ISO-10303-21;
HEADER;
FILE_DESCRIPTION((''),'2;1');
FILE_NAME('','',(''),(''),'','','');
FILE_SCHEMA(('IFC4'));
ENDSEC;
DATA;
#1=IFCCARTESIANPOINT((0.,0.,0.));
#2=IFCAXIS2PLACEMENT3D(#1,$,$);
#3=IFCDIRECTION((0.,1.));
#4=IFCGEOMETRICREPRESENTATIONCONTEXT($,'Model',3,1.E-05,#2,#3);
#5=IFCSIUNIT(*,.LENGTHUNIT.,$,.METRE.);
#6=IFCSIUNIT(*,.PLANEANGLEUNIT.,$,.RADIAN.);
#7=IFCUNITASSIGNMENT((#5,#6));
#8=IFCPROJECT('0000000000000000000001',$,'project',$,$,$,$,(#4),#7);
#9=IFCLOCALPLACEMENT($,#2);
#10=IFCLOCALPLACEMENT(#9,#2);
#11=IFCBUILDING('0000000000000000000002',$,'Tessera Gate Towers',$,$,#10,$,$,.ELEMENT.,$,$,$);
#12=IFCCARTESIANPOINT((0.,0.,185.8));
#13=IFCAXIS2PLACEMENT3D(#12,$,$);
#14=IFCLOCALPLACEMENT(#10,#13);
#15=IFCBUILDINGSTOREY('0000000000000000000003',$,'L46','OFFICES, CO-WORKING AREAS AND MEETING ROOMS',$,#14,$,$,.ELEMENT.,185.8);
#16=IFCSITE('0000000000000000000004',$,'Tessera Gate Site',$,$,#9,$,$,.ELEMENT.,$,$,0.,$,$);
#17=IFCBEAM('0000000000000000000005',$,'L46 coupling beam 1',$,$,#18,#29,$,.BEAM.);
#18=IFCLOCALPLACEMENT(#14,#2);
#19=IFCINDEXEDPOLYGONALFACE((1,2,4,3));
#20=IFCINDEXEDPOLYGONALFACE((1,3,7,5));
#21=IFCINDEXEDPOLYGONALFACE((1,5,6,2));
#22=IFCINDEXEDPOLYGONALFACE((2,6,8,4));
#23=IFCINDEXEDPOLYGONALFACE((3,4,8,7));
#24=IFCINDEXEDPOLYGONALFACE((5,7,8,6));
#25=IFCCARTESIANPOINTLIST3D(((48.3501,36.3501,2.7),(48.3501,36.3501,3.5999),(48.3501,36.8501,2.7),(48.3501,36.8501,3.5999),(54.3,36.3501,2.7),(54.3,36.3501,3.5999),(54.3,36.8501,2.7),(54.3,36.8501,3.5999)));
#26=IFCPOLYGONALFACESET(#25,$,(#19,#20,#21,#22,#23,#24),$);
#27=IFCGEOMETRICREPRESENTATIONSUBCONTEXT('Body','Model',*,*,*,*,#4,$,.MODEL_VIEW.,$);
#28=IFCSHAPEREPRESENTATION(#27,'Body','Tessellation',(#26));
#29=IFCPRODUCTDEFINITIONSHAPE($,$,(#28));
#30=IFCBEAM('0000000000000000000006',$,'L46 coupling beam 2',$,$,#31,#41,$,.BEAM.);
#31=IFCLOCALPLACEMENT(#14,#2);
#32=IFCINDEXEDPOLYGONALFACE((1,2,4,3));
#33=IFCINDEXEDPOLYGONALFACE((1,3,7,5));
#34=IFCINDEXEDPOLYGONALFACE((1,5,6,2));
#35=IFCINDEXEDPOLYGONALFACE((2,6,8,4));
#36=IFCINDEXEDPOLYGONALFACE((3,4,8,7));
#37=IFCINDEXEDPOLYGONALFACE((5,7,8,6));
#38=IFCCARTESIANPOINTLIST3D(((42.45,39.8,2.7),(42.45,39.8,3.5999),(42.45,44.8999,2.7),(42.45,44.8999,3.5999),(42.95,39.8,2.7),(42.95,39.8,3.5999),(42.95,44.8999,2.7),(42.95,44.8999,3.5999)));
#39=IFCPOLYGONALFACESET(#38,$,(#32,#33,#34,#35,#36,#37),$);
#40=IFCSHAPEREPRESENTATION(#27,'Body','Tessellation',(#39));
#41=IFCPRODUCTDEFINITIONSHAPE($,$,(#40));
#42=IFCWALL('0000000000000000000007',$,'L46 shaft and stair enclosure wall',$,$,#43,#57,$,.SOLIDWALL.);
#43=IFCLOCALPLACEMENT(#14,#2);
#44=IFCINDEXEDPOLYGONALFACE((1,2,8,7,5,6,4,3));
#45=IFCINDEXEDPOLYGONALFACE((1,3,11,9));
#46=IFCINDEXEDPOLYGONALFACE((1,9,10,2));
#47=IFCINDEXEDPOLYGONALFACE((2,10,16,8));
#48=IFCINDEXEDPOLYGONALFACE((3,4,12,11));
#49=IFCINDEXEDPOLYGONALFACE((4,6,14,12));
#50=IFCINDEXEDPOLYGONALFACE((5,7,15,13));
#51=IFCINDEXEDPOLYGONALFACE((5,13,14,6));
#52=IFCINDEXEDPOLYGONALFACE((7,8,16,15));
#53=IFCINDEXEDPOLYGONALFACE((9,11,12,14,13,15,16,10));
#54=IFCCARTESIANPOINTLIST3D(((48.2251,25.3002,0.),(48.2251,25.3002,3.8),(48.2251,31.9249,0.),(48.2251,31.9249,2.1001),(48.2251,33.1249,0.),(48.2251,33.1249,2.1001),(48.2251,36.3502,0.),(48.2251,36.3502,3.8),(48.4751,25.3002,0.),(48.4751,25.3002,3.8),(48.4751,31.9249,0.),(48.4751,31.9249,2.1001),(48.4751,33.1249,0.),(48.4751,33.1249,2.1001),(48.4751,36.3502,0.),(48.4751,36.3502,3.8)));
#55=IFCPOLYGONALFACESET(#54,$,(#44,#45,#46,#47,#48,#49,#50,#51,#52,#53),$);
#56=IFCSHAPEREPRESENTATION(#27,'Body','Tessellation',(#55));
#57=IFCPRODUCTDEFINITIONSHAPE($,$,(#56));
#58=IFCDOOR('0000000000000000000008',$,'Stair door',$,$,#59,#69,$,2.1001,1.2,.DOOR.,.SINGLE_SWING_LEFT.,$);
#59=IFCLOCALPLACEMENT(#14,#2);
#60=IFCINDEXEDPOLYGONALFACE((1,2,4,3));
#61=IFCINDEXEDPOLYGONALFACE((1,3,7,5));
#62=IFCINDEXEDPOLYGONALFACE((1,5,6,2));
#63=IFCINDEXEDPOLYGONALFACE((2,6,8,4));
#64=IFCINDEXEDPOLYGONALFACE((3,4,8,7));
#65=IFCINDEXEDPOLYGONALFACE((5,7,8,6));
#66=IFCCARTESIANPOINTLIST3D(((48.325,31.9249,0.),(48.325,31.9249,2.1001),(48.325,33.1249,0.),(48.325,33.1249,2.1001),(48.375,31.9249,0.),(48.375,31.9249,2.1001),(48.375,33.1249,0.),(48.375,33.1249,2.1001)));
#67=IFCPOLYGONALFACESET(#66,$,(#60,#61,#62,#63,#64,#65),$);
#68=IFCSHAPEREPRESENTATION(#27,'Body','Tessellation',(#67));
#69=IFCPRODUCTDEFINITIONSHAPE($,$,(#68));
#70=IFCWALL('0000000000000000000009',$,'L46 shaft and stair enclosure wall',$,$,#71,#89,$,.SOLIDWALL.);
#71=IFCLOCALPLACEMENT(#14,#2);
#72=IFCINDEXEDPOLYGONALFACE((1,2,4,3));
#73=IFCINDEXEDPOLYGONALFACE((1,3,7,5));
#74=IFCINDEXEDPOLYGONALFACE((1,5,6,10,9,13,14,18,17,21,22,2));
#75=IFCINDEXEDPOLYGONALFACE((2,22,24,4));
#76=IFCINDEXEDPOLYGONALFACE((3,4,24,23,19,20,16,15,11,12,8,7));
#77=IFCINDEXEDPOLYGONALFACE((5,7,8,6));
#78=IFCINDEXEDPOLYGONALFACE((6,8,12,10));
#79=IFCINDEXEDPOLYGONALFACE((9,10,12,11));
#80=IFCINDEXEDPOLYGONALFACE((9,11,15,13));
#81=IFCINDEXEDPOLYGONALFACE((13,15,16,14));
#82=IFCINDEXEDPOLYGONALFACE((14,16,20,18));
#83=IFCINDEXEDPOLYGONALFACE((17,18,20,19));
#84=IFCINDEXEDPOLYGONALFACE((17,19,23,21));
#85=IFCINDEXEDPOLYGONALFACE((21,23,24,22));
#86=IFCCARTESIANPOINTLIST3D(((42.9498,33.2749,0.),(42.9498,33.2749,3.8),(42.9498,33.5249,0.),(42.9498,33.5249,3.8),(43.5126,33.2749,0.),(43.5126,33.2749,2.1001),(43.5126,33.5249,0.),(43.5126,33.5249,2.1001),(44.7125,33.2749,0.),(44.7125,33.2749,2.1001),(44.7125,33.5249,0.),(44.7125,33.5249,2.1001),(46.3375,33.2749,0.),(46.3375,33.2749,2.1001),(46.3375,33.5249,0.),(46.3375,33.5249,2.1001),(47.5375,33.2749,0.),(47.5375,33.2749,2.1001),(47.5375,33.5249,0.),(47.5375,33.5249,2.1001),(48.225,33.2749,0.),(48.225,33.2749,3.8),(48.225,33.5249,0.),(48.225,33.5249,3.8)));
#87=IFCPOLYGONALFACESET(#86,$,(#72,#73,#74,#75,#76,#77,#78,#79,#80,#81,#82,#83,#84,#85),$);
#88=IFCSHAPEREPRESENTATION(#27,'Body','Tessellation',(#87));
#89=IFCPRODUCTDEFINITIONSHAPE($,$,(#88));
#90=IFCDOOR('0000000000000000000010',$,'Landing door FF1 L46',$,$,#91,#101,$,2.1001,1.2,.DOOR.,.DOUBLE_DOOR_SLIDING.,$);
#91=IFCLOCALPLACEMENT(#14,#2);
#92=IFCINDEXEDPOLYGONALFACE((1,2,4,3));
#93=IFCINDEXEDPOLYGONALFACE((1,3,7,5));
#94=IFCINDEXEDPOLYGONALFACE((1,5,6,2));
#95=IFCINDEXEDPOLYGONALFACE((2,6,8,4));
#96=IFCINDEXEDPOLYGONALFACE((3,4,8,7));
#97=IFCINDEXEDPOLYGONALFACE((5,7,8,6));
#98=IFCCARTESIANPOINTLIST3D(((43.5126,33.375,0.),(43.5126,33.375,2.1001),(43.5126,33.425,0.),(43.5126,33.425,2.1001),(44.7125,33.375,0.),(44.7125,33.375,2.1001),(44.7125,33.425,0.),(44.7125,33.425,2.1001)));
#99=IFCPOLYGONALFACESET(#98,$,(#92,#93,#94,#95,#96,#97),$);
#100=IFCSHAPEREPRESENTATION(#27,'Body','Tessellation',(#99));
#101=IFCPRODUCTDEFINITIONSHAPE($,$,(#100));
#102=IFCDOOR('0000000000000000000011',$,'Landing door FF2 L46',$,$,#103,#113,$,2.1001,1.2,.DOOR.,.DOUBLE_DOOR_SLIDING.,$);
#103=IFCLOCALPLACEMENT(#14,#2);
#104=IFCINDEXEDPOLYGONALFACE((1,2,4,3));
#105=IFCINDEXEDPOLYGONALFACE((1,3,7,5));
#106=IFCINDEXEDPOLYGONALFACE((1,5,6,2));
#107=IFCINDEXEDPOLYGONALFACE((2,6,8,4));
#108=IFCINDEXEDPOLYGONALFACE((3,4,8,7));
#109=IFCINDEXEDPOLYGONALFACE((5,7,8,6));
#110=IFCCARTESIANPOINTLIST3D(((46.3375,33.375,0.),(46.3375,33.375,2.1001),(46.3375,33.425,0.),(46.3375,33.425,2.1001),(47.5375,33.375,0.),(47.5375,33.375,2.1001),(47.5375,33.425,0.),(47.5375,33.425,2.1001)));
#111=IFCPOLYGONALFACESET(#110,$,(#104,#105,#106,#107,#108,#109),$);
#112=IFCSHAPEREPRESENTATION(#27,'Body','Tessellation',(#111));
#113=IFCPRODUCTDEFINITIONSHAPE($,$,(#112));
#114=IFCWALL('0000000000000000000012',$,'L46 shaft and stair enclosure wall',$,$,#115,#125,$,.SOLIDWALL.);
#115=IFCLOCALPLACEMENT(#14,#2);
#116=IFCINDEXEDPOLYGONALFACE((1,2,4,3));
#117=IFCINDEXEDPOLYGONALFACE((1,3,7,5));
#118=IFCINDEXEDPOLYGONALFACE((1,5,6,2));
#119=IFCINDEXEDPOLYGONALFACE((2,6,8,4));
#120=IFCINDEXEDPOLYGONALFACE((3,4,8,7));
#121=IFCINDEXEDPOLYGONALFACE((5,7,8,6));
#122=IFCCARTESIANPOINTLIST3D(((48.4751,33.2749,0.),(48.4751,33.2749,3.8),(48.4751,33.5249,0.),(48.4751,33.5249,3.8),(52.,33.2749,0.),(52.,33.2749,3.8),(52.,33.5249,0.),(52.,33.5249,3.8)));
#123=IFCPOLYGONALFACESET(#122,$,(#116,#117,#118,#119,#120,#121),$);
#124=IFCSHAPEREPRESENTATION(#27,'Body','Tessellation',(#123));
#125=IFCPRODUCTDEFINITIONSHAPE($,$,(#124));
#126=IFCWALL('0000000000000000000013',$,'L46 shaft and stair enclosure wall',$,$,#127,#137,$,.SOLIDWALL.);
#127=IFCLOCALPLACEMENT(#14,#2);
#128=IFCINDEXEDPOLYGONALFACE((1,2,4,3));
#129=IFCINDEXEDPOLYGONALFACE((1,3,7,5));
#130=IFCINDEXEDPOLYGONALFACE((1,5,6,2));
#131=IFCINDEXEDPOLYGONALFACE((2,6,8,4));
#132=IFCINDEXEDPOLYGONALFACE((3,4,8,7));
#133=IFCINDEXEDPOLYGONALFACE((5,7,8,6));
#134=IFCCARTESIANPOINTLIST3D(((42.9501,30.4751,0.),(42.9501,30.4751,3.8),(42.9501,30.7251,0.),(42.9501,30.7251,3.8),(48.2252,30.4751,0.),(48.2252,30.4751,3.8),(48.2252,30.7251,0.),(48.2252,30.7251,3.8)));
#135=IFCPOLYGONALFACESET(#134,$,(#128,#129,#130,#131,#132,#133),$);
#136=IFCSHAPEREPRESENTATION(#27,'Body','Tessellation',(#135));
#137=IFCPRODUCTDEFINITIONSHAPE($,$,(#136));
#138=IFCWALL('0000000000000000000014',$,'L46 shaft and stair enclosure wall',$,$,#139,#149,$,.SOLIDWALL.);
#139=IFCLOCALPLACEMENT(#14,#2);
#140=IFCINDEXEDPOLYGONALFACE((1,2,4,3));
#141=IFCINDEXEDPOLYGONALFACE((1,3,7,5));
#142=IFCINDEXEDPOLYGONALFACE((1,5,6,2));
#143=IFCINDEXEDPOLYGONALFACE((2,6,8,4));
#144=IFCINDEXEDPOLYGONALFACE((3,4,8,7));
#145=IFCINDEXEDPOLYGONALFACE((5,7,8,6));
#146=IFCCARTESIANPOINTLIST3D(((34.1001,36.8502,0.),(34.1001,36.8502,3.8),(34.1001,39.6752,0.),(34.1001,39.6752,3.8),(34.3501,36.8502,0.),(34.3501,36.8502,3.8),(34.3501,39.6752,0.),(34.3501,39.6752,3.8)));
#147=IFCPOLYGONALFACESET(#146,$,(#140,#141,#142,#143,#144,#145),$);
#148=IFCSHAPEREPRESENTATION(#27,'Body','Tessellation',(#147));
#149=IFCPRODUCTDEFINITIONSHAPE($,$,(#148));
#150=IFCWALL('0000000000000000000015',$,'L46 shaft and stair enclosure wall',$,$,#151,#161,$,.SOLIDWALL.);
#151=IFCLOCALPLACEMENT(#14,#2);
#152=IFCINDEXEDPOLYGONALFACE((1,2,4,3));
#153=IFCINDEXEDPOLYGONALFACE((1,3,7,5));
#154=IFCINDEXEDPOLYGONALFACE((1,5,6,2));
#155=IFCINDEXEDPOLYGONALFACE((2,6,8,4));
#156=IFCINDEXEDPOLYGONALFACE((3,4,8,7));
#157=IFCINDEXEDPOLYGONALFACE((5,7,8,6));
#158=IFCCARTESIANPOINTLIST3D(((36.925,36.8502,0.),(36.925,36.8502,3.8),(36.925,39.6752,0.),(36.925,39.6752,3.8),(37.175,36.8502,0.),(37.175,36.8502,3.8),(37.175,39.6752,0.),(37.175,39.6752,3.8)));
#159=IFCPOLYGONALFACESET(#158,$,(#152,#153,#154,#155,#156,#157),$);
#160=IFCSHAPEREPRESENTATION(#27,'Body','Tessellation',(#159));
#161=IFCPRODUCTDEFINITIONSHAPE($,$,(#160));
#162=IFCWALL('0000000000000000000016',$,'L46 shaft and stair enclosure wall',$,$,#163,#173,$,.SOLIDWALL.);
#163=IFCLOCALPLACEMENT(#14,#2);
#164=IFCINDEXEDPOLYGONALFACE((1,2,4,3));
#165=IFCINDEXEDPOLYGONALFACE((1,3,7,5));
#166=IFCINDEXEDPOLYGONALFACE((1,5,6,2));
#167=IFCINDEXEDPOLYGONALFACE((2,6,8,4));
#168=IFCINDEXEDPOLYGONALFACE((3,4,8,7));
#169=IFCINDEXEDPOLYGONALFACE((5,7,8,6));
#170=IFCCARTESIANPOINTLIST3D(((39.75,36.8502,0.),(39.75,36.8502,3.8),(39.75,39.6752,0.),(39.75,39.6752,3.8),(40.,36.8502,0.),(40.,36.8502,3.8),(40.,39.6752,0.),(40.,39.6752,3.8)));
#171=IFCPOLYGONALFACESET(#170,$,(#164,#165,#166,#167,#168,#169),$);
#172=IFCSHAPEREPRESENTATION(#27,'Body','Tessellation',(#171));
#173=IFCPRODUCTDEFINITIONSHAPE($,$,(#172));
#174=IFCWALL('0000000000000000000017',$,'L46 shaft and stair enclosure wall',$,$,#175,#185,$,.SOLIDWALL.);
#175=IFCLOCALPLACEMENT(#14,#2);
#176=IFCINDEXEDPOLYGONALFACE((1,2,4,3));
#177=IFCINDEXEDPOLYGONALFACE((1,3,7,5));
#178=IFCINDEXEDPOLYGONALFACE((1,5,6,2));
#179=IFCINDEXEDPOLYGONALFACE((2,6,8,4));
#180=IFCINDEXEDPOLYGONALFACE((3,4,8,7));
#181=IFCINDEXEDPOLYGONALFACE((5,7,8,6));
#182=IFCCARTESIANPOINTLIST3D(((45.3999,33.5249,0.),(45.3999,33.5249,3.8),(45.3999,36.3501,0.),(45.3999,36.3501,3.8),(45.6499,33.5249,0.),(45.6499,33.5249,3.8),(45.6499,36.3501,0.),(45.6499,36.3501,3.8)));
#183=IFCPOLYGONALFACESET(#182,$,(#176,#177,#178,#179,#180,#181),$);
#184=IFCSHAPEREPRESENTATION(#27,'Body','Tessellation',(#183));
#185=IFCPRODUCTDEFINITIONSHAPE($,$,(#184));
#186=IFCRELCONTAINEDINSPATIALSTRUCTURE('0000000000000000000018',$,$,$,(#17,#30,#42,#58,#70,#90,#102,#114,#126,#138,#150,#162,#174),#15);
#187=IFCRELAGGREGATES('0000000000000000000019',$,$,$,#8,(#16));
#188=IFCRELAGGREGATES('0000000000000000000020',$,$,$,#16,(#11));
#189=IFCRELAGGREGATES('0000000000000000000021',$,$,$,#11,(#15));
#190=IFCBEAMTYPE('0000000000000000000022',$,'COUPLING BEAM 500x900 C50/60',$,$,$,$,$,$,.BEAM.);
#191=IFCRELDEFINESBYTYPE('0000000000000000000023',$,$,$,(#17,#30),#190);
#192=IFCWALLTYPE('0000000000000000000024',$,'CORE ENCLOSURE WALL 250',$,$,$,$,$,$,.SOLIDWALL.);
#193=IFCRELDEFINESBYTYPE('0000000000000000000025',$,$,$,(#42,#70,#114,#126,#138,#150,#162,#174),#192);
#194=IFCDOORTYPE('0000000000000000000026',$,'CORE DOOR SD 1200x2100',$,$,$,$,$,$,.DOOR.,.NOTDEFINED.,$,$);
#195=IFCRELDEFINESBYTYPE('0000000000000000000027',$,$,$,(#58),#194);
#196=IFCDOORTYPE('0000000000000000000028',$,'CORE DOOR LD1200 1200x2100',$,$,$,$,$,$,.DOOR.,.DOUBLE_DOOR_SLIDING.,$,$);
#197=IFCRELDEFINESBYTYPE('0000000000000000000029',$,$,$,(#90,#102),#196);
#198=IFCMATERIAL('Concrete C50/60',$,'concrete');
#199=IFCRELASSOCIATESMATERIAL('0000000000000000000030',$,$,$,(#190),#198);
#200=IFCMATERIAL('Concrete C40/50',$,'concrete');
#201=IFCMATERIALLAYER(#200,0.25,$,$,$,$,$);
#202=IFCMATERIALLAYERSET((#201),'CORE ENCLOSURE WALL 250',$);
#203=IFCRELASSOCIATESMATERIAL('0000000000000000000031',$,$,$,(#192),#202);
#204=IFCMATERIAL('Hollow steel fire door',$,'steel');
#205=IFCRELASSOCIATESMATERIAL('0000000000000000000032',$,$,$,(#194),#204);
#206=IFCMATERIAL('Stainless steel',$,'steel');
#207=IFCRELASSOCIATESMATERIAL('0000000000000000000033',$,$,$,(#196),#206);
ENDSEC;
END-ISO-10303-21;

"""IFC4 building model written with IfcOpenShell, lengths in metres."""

from ifc_helpers import new_model, si_unit, direction, frame, frame_2d, origin, origin_2d, place, context, subcontext, project, spatial, rectangle, extrude, source, transform, mapped, material, layer, layer_set, material_profile, profile_set, type_object, element, fill, save


model = new_model("IFC4")

# Units and contexts
model_context = context("Model", 3, precision=1e-05, world=origin(), true_north=direction((0.0, 1.0)))
body_context = subcontext(model_context, "Body", "Model", "MODEL_VIEW")
ifc_project = project(units=[si_unit("LENGTHUNIT", "METRE"), si_unit("PLANEANGLEUNIT", "RADIAN")], contexts=[model_context])

# Site, building, storey
site_placement = place(None, origin())
site = spatial("IfcSite", under=ifc_project, at=site_placement, Name="Tessera Gate Site", CompositionType="ELEMENT", RefElevation=0.0)
building_placement = place(site_placement, origin())
building = spatial("IfcBuilding", under=site, at=building_placement, Name="Tessera Gate Towers", CompositionType="ELEMENT")
storey_placement = place(building_placement, frame((0.0, 0.0, 185.8)))
storey = spatial("IfcBuildingStorey", under=building, at=storey_placement, Name="L46", Description="OFFICES, CO-WORKING AREAS AND MEETING ROOMS", CompositionType="ELEMENT", Elevation=185.8)

# Beams
ifc_material_1 = material(Name="Concrete C50/60", Category="concrete")
ifc_material_profile = material_profile(ifc_material_1, rectangle(XDim=0.5, YDim=0.8999, at=origin_2d()), Name="RC 500x900")
ifc_profile_set = profile_set([ifc_material_profile], Name="Concrete C50/60")
beam_type = type_object("IfcBeamType", Name="COUPLING BEAM 500x900 C50/60", PredefinedType="BEAM", material=ifc_profile_set)
beam_1_placement = place(storey_placement, frame((48.3501, 36.6001, 3.1499), z_axis=(1.0, 0.0, 0.0), x_axis=(0.0, 1.0, 0.0)))
element("IfcBeam", 1, at=beam_1_placement, inside=storey, type_object=beam_type, Name="L46 coupling beam 1", PredefinedType="BEAM", context=body_context, shape_type="SweptSolid", body=[
    extrude(rectangle(XDim=0.5, YDim=0.8999, at=origin_2d()), origin(), (0.0, 0.0, 1.0), 5.95),
])
beam_2_placement = place(storey_placement, frame((42.7, 39.8, 3.1499), z_axis=(0.0, 1.0, 0.0), x_axis=(-1.0, 0.0, 0.0)))
element("IfcBeam", 2, at=beam_2_placement, inside=storey, type_object=beam_type, Name="L46 coupling beam 2", PredefinedType="BEAM", context=body_context, shape_type="SweptSolid", body=[
    extrude(rectangle(XDim=0.5, YDim=0.8999, at=origin_2d()), origin(), (0.0, 0.0, 1.0), 5.0999),
])

# Wall, opening, door
ifc_material_2 = material(Name="Concrete C40/50", Category="concrete")
ifc_layer_1 = layer(ifc_material_2, 0.25)
ifc_layer_set_1 = layer_set([ifc_layer_1], Name="CORE ENCLOSURE WALL 250")
wall_type_1 = type_object("IfcWallType", Name="CORE ENCLOSURE WALL 250", PredefinedType="SOLIDWALL", material=ifc_layer_set_1)
wall_1_placement = place(storey_placement, frame((48.3501, 36.3501, 0.0), z_axis=(0.0, 0.0, 1.0), x_axis=(0.0, -1.0, 0.0)))
wall_1 = element("IfcWall", 3, at=wall_1_placement, inside=storey, type_object=wall_type_1, Name="L46 shaft and stair enclosure wall", PredefinedType="SOLIDWALL", context=body_context, shape_type="SweptSolid", body=[
    extrude(rectangle(XDim=11.05, YDim=0.25, at=frame_2d((5.5249, 0.0))), origin(), (0.0, 0.0, 1.0), 3.8),
])
shared_shape_1 = source(origin(), body_context, "Body", "SweptSolid", [
    extrude(rectangle(XDim=1.2, YDim=2.1001, at=frame_2d((0.6001, 1.05))), frame((0.0, 0.135, 0.0), z_axis=(0.0, -1.0, 0.0), x_axis=(1.0, 0.0, 0.0)), (0.0, 0.0, 1.0), 0.27),
])
opening_1_placement = place(wall_1_placement, frame((3.2251, 0.0, 0.0)))
opening_1 = element("IfcOpeningElement", 4, at=opening_1_placement, cuts=wall_1, PredefinedType="OPENING", context=body_context, shape_type="MappedRepresentation", body=[
    mapped(shared_shape_1, transform((0.0, 0.0, 0.0), scale=1.0)),
])
ifc_material_3 = material(Name="Hollow steel fire door", Category="steel")
door_type_1 = type_object("IfcDoorType", Name="CORE DOOR SD 1200x2100", OperationType="NOTDEFINED", PredefinedType="DOOR", material=ifc_material_3)
shared_shape_2 = source(origin(), body_context, "Body", "SweptSolid", [
    extrude(rectangle(XDim=1.2, YDim=2.1001, at=frame_2d((0.6001, 1.05))), frame((0.0, 0.0249, 0.0), z_axis=(0.0, -1.0, 0.0), x_axis=(1.0, 0.0, 0.0)), (0.0, 0.0, 1.0), 0.05),
])
door_1_placement = place(opening_1_placement, origin())
door_1 = element("IfcDoor", 5, at=door_1_placement, inside=storey, type_object=door_type_1, Name="Stair door", OperationType="SINGLE_SWING_LEFT", OverallHeight=2.1001, OverallWidth=1.2, PredefinedType="DOOR", context=body_context, shape_type="MappedRepresentation", body=[
    mapped(shared_shape_2, transform((0.0, 0.0, 0.0), scale=1.0)),
])
fill(opening_1, door_1)

# Wall, openings, doors
wall_2_placement = place(storey_placement, frame((48.2251, 33.3999, 0.0), z_axis=(0.0, 0.0, 1.0), x_axis=(-1.0, 0.0, 0.0)))
wall_2 = element("IfcWall", 6, at=wall_2_placement, inside=storey, type_object=wall_type_1, Name="L46 shaft and stair enclosure wall", PredefinedType="SOLIDWALL", context=body_context, shape_type="SweptSolid", body=[
    extrude(rectangle(XDim=5.2751, YDim=0.25, at=frame_2d((2.6377, 0.0))), origin(), (0.0, 0.0, 1.0), 3.8),
])
opening_2_placement = place(wall_2_placement, frame((3.5125, 0.0, 0.0)))
opening_2 = element("IfcOpeningElement", 7, at=opening_2_placement, cuts=wall_2, PredefinedType="OPENING", context=body_context, shape_type="MappedRepresentation", body=[
    mapped(shared_shape_1, transform((0.0, 0.0, 0.0), scale=1.0)),
])
opening_3_placement = place(wall_2_placement, frame((0.6875, 0.0, 0.0)))
opening_3 = element("IfcOpeningElement", 8, at=opening_3_placement, cuts=wall_2, PredefinedType="OPENING", context=body_context, shape_type="MappedRepresentation", body=[
    mapped(shared_shape_1, transform((0.0, 0.0, 0.0), scale=1.0)),
])
ifc_material_4 = material(Name="Stainless steel", Category="steel")
door_type_2 = type_object("IfcDoorType", Name="CORE DOOR LD1200 1200x2100", OperationType="DOUBLE_DOOR_SLIDING", PredefinedType="DOOR", material=ifc_material_4)
door_2_placement = place(opening_2_placement, origin())
door_2 = element("IfcDoor", 9, at=door_2_placement, inside=storey, type_object=door_type_2, Name="Landing door FF1 L46", OperationType="DOUBLE_DOOR_SLIDING", OverallHeight=2.1001, OverallWidth=1.2, PredefinedType="DOOR", context=body_context, shape_type="MappedRepresentation", body=[
    mapped(shared_shape_2, transform((0.0, 0.0, 0.0), scale=1.0)),
])
fill(opening_2, door_2)
door_3_placement = place(opening_3_placement, origin())
door_3 = element("IfcDoor", 10, at=door_3_placement, inside=storey, type_object=door_type_2, Name="Landing door FF2 L46", OperationType="DOUBLE_DOOR_SLIDING", OverallHeight=2.1001, OverallWidth=1.2, PredefinedType="DOOR", context=body_context, shape_type="MappedRepresentation", body=[
    mapped(shared_shape_2, transform((0.0, 0.0, 0.0), scale=1.0)),
])
fill(opening_3, door_3)

# Walls
wall_3_placement = place(storey_placement, frame((48.4751, 33.3999, 0.0), z_axis=(0.0, 0.0, 1.0), x_axis=(1.0, 0.0, 0.0)))
element("IfcWall", 11, at=wall_3_placement, inside=storey, type_object=wall_type_1, Name="L46 shaft and stair enclosure wall", PredefinedType="SOLIDWALL", context=body_context, shape_type="SweptSolid", body=[
    extrude(rectangle(XDim=3.5249, YDim=0.25, at=frame_2d((1.7625, 0.0))), origin(), (0.0, 0.0, 1.0), 3.8),
])
wall_4_placement = place(storey_placement, frame((42.95, 30.6001, 0.0), z_axis=(0.0, 0.0, 1.0), x_axis=(1.0, 0.0, 0.0)))
element("IfcWall", 12, at=wall_4_placement, inside=storey, type_object=wall_type_1, Name="L46 shaft and stair enclosure wall", PredefinedType="SOLIDWALL", context=body_context, shape_type="SweptSolid", body=[
    extrude(rectangle(XDim=5.2751, YDim=0.25, at=frame_2d((2.6377, 0.0))), origin(), (0.0, 0.0, 1.0), 3.8),
])
for number, where, z_axis, x_axis, name in (
    (13, (34.2251, 36.8501, 0.0), (0.0, 0.0, 1.0), (0.0, 1.0, 0.0), "L46 shaft and stair enclosure wall"),
    (14, (37.05, 36.8501, 0.0), (0.0, 0.0, 1.0), (0.0, 1.0, 0.0), "L46 shaft and stair enclosure wall"),
    (15, (39.875, 36.8501, 0.0), (0.0, 0.0, 1.0), (0.0, 1.0, 0.0), "L46 shaft and stair enclosure wall"),
):
    element("IfcWall", number, at=place(storey_placement, frame(where, z_axis=z_axis, x_axis=x_axis)), inside=storey, type_object=wall_type_1, Name=name, PredefinedType="SOLIDWALL", context=body_context, shape_type="SweptSolid", body=[
        extrude(rectangle(XDim=2.825, YDim=0.25, at=frame_2d((1.4126, 0.0))), origin(), (0.0, 0.0, 1.0), 3.8),
    ])
wall_5_placement = place(storey_placement, frame((45.5249, 33.5249, 0.0), z_axis=(0.0, 0.0, 1.0), x_axis=(0.0, 1.0, 0.0)))
element("IfcWall", 16, at=wall_5_placement, inside=storey, type_object=wall_type_1, Name="L46 shaft and stair enclosure wall", PredefinedType="SOLIDWALL", context=body_context, shape_type="SweptSolid", body=[
    extrude(rectangle(XDim=2.8252, YDim=0.25, at=frame_2d((1.4126, 0.0))), origin(), (0.0, 0.0, 1.0), 3.8),
])

save(model, "model.ifc")
